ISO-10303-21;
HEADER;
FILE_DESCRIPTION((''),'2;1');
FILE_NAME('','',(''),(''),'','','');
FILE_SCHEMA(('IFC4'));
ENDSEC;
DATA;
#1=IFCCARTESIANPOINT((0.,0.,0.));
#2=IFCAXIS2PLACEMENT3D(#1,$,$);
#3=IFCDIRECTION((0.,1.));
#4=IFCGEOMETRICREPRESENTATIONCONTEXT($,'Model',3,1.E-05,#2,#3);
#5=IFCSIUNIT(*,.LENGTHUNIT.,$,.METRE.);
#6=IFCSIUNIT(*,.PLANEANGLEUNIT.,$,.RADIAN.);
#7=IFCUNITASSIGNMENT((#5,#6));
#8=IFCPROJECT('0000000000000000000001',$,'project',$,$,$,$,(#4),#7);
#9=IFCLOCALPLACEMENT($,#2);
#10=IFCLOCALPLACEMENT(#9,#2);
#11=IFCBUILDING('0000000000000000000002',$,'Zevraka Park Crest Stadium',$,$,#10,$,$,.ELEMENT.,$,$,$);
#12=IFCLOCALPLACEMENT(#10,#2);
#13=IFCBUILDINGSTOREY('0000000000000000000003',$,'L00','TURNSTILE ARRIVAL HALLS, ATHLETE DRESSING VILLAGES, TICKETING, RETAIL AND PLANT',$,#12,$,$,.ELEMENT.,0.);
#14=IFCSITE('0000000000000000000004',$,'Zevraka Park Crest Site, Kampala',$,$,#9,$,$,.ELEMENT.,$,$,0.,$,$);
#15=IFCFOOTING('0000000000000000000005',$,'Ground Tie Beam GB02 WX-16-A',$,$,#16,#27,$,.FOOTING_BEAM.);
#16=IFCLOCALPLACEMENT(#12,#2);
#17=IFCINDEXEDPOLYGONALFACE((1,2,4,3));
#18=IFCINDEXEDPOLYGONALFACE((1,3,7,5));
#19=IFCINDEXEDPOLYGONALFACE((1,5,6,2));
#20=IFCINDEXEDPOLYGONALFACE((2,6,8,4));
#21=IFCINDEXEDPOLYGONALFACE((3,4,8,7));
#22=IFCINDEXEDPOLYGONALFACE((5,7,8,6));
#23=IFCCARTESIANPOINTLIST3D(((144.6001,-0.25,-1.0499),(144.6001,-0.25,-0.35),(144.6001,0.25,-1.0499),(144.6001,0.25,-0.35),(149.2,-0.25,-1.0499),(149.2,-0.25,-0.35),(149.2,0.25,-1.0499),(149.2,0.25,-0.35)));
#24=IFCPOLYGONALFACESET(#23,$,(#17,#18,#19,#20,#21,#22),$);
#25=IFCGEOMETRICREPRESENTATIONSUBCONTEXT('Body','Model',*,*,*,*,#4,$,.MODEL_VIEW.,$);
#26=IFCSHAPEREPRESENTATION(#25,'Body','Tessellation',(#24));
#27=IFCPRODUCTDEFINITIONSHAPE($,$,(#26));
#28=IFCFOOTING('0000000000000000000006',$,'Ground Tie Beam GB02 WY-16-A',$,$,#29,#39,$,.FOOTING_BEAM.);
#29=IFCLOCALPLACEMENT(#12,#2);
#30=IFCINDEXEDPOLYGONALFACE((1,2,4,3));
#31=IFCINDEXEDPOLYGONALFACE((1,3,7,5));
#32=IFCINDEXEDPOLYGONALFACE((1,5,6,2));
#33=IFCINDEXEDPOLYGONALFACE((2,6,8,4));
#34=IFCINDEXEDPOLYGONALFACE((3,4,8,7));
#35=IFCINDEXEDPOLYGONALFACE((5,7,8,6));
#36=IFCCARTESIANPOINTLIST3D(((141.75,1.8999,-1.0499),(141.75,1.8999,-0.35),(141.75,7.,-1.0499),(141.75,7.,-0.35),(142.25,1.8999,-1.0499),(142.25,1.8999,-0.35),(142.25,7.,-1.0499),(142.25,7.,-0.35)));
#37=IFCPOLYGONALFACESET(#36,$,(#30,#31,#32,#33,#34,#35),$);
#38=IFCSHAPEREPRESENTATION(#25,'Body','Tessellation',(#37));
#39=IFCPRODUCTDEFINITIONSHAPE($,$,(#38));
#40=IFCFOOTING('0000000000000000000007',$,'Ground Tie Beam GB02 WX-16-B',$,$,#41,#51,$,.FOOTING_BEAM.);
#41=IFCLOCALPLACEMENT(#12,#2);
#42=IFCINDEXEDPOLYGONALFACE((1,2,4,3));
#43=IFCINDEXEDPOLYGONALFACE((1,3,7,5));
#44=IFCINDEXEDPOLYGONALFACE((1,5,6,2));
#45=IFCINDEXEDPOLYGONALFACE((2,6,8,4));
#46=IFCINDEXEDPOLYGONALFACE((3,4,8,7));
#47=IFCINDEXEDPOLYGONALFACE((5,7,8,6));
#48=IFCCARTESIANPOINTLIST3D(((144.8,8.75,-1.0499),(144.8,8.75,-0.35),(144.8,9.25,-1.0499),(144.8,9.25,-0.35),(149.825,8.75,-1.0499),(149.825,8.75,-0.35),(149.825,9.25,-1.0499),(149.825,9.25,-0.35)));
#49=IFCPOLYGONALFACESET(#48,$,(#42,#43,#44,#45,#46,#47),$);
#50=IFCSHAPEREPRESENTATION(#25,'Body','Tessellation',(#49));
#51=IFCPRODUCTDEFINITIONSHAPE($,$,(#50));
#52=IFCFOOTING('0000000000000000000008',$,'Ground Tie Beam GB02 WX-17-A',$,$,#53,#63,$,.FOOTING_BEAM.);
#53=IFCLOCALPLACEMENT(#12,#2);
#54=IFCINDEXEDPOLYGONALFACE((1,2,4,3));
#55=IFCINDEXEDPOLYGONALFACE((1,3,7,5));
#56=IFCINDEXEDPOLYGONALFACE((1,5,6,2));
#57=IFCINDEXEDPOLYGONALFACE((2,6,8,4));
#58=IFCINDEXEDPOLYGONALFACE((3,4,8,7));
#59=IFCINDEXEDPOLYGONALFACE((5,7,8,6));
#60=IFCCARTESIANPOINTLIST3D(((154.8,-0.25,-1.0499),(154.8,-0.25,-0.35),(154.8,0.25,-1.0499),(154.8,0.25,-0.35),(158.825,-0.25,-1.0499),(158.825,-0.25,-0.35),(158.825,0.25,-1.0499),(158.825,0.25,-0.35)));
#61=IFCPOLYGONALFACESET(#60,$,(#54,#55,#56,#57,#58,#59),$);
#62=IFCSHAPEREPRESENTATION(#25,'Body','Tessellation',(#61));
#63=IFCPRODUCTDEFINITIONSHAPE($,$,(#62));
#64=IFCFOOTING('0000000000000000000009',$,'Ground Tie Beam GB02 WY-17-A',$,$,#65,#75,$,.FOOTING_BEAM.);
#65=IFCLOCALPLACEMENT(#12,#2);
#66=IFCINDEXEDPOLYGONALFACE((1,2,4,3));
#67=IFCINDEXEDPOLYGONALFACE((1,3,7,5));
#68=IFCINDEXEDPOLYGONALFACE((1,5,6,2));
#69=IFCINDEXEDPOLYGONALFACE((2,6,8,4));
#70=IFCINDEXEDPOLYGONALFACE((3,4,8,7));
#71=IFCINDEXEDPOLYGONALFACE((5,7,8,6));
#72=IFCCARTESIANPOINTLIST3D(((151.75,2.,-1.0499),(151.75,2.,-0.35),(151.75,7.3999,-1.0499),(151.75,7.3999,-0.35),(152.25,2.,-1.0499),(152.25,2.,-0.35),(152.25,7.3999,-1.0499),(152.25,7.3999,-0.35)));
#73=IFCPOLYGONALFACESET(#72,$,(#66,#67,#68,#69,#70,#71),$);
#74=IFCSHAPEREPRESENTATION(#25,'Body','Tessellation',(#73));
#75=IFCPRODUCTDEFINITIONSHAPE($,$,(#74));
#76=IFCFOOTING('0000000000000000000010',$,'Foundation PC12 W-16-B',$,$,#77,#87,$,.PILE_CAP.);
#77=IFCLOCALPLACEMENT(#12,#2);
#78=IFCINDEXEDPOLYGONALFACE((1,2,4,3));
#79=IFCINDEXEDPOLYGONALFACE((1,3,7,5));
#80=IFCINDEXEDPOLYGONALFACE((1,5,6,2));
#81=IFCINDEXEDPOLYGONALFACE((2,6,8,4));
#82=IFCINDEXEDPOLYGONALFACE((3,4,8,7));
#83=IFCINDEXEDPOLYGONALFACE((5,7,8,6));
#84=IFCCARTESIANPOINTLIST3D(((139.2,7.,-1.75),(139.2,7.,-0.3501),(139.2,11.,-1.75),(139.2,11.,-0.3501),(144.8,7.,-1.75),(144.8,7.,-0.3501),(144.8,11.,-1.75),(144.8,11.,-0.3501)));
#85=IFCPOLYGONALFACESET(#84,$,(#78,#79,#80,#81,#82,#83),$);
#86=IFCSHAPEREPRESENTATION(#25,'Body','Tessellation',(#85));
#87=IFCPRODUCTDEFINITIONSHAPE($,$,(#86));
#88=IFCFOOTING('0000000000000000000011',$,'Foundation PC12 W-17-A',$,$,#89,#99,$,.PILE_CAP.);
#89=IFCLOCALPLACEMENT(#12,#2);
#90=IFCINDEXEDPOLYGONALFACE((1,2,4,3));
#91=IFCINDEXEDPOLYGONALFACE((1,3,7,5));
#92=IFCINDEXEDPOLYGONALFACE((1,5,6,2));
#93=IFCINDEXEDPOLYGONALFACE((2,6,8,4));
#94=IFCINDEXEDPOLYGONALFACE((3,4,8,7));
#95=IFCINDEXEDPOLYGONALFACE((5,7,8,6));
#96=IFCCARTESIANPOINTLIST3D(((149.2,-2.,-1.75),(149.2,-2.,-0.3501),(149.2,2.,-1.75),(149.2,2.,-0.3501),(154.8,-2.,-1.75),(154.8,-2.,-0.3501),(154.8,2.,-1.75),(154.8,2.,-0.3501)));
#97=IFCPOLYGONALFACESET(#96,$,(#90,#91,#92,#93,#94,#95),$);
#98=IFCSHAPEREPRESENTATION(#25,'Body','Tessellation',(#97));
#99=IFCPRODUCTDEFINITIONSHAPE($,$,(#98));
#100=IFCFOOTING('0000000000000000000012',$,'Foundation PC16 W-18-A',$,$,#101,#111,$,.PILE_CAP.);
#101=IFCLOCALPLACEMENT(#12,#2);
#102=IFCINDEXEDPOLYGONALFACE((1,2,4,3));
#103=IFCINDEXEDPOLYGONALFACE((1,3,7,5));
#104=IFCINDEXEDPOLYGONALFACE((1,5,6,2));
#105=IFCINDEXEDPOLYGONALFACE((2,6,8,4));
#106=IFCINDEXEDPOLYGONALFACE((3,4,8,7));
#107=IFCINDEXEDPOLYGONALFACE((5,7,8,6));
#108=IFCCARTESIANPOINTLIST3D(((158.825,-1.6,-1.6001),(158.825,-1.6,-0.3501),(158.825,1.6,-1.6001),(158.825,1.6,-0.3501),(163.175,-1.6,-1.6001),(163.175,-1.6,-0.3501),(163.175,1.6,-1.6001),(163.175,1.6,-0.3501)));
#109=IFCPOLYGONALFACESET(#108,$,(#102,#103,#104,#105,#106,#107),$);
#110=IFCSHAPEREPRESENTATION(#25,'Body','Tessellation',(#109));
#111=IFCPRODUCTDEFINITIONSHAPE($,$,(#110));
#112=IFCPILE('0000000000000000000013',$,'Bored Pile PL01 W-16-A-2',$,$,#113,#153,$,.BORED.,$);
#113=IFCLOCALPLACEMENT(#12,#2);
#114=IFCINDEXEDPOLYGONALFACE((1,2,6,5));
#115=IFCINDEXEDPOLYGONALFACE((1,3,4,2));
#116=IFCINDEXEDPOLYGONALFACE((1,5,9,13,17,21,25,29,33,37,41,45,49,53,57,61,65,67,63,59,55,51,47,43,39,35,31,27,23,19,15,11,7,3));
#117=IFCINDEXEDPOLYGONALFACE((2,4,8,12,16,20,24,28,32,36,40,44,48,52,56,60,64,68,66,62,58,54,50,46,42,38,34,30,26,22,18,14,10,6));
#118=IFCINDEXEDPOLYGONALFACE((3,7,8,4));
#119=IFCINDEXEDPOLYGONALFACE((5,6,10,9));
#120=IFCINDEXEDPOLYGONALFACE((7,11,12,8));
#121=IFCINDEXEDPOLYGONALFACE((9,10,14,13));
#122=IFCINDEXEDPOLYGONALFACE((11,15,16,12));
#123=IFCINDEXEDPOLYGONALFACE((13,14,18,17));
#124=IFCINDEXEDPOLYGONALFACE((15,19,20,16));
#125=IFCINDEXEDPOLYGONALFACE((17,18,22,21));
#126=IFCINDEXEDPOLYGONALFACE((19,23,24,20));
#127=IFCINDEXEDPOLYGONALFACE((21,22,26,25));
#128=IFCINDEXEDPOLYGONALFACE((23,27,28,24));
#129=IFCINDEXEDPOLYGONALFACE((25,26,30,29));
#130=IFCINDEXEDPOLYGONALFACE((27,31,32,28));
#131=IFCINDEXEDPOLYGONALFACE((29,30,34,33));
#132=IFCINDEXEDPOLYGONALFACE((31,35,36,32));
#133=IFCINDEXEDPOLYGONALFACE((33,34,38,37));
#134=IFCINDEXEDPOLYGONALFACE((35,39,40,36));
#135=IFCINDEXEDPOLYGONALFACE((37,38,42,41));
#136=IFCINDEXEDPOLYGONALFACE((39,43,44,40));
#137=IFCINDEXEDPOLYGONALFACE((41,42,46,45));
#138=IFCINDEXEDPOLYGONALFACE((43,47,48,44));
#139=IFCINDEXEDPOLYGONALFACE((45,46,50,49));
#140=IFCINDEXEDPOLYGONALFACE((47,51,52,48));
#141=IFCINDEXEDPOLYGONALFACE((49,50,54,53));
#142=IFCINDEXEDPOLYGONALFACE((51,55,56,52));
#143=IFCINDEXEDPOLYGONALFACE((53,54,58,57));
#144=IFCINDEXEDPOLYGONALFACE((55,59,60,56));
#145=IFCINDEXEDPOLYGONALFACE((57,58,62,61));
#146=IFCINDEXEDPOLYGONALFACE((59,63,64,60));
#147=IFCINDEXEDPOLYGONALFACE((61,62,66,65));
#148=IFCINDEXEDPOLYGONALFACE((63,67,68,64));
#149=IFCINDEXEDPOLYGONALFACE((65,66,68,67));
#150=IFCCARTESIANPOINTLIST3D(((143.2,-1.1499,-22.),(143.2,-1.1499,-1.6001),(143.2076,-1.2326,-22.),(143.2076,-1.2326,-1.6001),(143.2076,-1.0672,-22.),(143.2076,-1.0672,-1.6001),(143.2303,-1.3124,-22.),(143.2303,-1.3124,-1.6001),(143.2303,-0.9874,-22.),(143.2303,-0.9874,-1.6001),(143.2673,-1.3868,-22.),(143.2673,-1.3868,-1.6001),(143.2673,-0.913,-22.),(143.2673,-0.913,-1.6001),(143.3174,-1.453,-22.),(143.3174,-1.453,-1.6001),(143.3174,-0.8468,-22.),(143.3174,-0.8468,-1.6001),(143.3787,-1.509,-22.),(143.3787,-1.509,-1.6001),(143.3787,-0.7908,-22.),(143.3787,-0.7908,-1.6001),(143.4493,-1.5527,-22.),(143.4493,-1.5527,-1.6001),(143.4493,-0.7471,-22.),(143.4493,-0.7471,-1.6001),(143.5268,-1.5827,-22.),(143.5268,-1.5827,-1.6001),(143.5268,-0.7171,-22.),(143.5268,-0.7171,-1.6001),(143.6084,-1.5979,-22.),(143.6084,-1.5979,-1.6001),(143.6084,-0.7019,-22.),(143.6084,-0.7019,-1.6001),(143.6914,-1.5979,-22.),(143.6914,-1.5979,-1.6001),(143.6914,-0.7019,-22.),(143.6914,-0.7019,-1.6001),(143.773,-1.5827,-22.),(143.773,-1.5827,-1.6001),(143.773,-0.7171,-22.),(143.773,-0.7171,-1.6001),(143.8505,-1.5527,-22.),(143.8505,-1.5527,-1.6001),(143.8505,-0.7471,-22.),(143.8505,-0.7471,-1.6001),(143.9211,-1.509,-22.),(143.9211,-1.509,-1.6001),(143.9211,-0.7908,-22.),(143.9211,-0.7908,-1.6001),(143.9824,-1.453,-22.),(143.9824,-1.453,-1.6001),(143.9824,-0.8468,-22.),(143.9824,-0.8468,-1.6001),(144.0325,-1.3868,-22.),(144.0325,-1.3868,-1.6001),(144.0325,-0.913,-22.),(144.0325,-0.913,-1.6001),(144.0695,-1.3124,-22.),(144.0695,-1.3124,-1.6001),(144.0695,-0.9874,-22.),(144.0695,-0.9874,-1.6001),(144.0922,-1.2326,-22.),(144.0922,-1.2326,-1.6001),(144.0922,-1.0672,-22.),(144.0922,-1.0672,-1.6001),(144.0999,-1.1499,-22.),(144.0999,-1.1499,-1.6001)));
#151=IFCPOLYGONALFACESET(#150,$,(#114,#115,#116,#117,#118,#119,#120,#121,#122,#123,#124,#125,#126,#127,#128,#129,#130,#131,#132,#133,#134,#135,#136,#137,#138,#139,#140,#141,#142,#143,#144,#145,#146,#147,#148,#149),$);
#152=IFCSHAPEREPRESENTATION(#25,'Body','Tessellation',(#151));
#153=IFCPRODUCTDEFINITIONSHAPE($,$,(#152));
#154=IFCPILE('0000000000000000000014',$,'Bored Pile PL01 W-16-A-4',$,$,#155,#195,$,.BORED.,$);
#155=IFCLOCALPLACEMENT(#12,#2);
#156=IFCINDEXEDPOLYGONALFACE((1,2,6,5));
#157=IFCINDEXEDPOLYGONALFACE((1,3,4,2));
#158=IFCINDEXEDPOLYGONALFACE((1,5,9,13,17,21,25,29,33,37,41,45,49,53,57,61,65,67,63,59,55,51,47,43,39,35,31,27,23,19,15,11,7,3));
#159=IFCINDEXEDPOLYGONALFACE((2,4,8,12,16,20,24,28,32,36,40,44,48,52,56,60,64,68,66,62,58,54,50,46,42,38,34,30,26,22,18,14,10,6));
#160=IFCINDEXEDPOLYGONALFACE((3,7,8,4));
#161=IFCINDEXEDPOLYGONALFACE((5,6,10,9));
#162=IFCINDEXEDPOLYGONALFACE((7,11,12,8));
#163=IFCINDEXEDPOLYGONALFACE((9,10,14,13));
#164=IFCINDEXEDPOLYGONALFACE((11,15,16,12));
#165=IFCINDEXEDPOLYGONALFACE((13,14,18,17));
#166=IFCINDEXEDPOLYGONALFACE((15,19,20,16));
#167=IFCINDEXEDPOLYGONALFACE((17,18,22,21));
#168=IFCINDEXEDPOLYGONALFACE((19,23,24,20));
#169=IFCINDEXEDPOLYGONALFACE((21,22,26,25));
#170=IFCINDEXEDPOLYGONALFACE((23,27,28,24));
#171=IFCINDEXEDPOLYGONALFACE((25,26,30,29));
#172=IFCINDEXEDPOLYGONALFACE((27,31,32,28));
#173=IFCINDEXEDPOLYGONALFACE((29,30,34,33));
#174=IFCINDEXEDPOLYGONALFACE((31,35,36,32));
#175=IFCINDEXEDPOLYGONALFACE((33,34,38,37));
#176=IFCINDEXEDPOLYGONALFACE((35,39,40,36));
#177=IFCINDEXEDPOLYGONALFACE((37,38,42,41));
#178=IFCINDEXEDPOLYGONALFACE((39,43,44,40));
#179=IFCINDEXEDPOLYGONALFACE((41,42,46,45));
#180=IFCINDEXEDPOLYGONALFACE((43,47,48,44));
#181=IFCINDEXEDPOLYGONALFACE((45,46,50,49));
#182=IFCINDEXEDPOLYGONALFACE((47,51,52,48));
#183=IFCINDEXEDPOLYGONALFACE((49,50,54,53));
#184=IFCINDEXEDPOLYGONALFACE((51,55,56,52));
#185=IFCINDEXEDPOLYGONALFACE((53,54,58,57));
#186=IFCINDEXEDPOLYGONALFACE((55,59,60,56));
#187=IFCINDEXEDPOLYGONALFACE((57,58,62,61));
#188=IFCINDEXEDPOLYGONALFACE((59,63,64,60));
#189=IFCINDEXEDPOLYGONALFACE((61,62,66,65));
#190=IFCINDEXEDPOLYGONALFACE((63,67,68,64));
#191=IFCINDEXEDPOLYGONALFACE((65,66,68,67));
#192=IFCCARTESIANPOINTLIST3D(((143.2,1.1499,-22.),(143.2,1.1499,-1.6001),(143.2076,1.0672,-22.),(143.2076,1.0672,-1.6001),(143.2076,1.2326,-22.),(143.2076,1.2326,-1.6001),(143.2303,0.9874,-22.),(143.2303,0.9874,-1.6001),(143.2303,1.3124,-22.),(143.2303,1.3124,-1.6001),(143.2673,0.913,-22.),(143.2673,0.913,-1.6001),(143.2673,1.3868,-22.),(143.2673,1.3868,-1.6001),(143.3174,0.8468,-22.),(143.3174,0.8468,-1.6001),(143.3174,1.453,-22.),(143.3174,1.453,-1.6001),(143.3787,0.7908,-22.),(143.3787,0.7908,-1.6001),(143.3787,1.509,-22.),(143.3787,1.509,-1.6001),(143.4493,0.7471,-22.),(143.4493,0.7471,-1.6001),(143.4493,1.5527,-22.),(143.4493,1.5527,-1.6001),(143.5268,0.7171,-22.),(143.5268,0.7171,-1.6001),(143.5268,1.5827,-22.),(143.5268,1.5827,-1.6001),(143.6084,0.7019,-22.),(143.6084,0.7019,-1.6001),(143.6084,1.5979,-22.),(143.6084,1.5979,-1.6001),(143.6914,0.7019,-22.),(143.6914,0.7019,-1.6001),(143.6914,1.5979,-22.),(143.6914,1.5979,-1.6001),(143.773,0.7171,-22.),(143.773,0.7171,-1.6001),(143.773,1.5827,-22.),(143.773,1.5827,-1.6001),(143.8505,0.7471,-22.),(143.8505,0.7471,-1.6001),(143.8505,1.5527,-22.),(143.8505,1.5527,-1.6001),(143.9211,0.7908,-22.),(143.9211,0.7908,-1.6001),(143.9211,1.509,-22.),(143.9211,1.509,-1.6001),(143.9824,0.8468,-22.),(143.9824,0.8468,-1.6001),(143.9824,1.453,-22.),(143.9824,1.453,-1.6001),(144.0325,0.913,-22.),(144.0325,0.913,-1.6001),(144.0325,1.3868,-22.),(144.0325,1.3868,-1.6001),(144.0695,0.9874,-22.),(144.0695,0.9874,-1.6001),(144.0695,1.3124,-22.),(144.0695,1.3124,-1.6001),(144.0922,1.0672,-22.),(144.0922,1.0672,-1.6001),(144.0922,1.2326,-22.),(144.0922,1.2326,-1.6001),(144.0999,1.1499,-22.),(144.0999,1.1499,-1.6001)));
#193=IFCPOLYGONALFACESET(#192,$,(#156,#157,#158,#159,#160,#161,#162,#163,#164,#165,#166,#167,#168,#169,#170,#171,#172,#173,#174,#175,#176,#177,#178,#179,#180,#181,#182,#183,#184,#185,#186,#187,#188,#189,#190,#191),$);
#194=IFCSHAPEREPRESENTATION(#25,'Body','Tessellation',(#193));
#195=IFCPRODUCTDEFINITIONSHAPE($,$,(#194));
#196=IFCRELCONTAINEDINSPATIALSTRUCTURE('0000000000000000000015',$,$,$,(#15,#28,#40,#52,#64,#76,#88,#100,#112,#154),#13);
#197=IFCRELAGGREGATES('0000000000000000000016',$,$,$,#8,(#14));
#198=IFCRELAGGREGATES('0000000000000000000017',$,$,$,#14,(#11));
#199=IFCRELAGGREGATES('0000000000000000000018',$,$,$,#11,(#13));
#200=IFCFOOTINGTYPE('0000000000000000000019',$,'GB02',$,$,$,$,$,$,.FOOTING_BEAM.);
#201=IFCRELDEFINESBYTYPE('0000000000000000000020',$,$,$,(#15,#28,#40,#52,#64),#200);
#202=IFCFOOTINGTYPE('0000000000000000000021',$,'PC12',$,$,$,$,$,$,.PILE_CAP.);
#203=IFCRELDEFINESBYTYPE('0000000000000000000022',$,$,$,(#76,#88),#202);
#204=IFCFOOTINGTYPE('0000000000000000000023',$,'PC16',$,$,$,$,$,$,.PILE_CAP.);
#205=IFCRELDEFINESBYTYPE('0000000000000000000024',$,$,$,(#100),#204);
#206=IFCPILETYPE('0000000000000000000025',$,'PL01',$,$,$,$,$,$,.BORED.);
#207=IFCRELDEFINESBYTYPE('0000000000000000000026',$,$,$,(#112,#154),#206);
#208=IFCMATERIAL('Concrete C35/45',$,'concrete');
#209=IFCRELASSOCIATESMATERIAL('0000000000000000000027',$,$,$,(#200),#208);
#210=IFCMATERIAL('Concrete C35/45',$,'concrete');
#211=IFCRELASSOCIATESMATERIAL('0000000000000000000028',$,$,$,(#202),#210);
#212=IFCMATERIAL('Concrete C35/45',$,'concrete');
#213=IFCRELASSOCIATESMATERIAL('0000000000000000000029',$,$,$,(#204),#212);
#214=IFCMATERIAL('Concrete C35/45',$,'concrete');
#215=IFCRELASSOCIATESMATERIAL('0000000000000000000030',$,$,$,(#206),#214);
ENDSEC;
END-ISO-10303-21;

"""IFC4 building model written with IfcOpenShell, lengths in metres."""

from ifc_helpers import new_model, si_unit, direction, frame, origin, origin_2d, place, context, subcontext, project, spatial, rectangle, circle, extrude, material, material_profile, profile_set, type_object, element, save


model = new_model("IFC4")

# Units and contexts
model_context = context("Model", 3, precision=1e-05, world=origin(), true_north=direction((0.0, 1.0)))
body_context = subcontext(model_context, "Body", "Model", "MODEL_VIEW")
ifc_project = project(units=[si_unit("LENGTHUNIT", "METRE"), si_unit("PLANEANGLEUNIT", "RADIAN")], contexts=[model_context])

# Site, building, storey
site_placement = place(None, origin())
site = spatial("IfcSite", under=ifc_project, at=site_placement, Name="Zevraka Park Crest Site, Kampala", CompositionType="ELEMENT", RefElevation=0.0)
building_placement = place(site_placement, origin())
building = spatial("IfcBuilding", under=site, at=building_placement, Name="Zevraka Park Crest Stadium", CompositionType="ELEMENT")
storey_placement = place(building_placement, origin())
storey = spatial("IfcBuildingStorey", under=building, at=storey_placement, Name="L00", Description="TURNSTILE ARRIVAL HALLS, ATHLETE DRESSING VILLAGES, TICKETING, RETAIL AND PLANT", CompositionType="ELEMENT", Elevation=0.0)

# Footings
ifc_material_1 = material(Name="Concrete C35/45", Category="concrete")
ifc_material_profile_1 = material_profile(ifc_material_1, rectangle(XDim=0.5, YDim=0.7, at=origin_2d()), Name="GB 700x500")
ifc_profile_set_1 = profile_set([ifc_material_profile_1], Name="Concrete C35/45")
footing_type_1 = type_object("IfcFootingType", Name="GB02", PredefinedType="FOOTING_BEAM", material=ifc_profile_set_1)
footing_1_placement = place(storey_placement, frame((144.6001, 0.0, -0.7), z_axis=(1.0, 0.0, 0.0), x_axis=(0.0, 1.0, 0.0)))
element("IfcFooting", 1, at=footing_1_placement, inside=storey, type_object=footing_type_1, Name="Ground Tie Beam GB02 WX-16-A", PredefinedType="FOOTING_BEAM", context=body_context, shape_type="SweptSolid", body=[
    extrude(rectangle(XDim=0.5, YDim=0.7, at=origin_2d()), origin(), (0.0, 0.0, 1.0), 4.5999),
])
footing_2_placement = place(storey_placement, frame((142.0, 1.8999, -0.7), z_axis=(0.0, 1.0, 0.0), x_axis=(-1.0, 0.0, 0.0)))
element("IfcFooting", 2, at=footing_2_placement, inside=storey, type_object=footing_type_1, Name="Ground Tie Beam GB02 WY-16-A", PredefinedType="FOOTING_BEAM", context=body_context, shape_type="SweptSolid", body=[
    extrude(rectangle(XDim=0.5, YDim=0.7, at=origin_2d()), origin(), (0.0, 0.0, 1.0), 5.1001),
])
footing_3_placement = place(storey_placement, frame((144.8, 9.0, -0.7), z_axis=(1.0, 0.0, 0.0), x_axis=(0.0, 1.0, 0.0)))
element("IfcFooting", 3, at=footing_3_placement, inside=storey, type_object=footing_type_1, Name="Ground Tie Beam GB02 WX-16-B", PredefinedType="FOOTING_BEAM", context=body_context, shape_type="SweptSolid", body=[
    extrude(rectangle(XDim=0.5, YDim=0.7, at=origin_2d()), origin(), (0.0, 0.0, 1.0), 5.0249),
])
footing_4_placement = place(storey_placement, frame((154.8, 0.0, -0.7), z_axis=(1.0, 0.0, 0.0), x_axis=(0.0, 1.0, 0.0)))
element("IfcFooting", 4, at=footing_4_placement, inside=storey, type_object=footing_type_1, Name="Ground Tie Beam GB02 WX-17-A", PredefinedType="FOOTING_BEAM", context=body_context, shape_type="SweptSolid", body=[
    extrude(rectangle(XDim=0.5, YDim=0.7, at=origin_2d()), origin(), (0.0, 0.0, 1.0), 4.0249),
])
footing_5_placement = place(storey_placement, frame((152.0, 2.0, -0.7), z_axis=(0.0, 1.0, 0.0), x_axis=(-1.0, 0.0, 0.0)))
element("IfcFooting", 5, at=footing_5_placement, inside=storey, type_object=footing_type_1, Name="Ground Tie Beam GB02 WY-17-A", PredefinedType="FOOTING_BEAM", context=body_context, shape_type="SweptSolid", body=[
    extrude(rectangle(XDim=0.5, YDim=0.7, at=origin_2d()), origin(), (0.0, 0.0, 1.0), 5.3999),
])
ifc_material_2 = material(Name="Concrete C35/45", Category="concrete")
footing_type_2 = type_object("IfcFootingType", Name="PC12", PredefinedType="PILE_CAP", material=ifc_material_2)
for number, where, z_axis, x_axis, name in (
    (6, (142.0, 9.0, -1.75), (0.0, 0.0, 1.0), (1.0, 0.0, 0.0), "Foundation PC12 W-16-B"),
    (7, (152.0, 0.0, -1.75), (0.0, 0.0, 1.0), (1.0, 0.0, 0.0), "Foundation PC12 W-17-A"),
):
    element("IfcFooting", number, at=place(storey_placement, frame(where, z_axis=z_axis, x_axis=x_axis)), inside=storey, type_object=footing_type_2, Name=name, PredefinedType="PILE_CAP", context=body_context, shape_type="SweptSolid", body=[
        extrude(rectangle(XDim=5.6001, YDim=4.0, at=origin_2d()), origin(), (0.0, 0.0, 1.0), 1.3999),
    ])
ifc_material_3 = material(Name="Concrete C35/45", Category="concrete")
footing_type_3 = type_object("IfcFootingType", Name="PC16", PredefinedType="PILE_CAP", material=ifc_material_3)
footing_6_placement = place(storey_placement, frame((161.0, 0.0, -1.6001), z_axis=(0.0, 0.0, 1.0), x_axis=(1.0, 0.0, 0.0)))
element("IfcFooting", 8, at=footing_6_placement, inside=storey, type_object=footing_type_3, Name="Foundation PC16 W-18-A", PredefinedType="PILE_CAP", context=body_context, shape_type="SweptSolid", body=[
    extrude(rectangle(XDim=4.3501, YDim=3.2, at=origin_2d()), origin(), (0.0, 0.0, 1.0), 1.25),
])

# Piles
ifc_material_4 = material(Name="Concrete C35/45", Category="concrete")
ifc_material_profile_2 = material_profile(ifc_material_4, circle(Radius=0.45, at=origin_2d()), Name="PILE D900")
ifc_profile_set_2 = profile_set([ifc_material_profile_2], Name="Concrete C35/45")
pile_type_1 = type_object("IfcPileType", Name="PL01", PredefinedType="BORED", material=ifc_profile_set_2)
for number, where, z_axis, x_axis, name in (
    (9, (143.6499, -1.1499, -1.6001), (0.0, 0.0, -1.0), (1.0, 0.0, 0.0), "Bored Pile PL01 W-16-A-2"),
    (10, (143.6499, 1.1499, -1.6001), (0.0, 0.0, -1.0), (1.0, 0.0, 0.0), "Bored Pile PL01 W-16-A-4"),
):
    element("IfcPile", number, at=place(storey_placement, frame(where, z_axis=z_axis, x_axis=x_axis)), inside=storey, type_object=pile_type_1, Name=name, PredefinedType="BORED", context=body_context, shape_type="SweptSolid", body=[
        extrude(circle(Radius=0.45, at=origin_2d()), origin(), (0.0, 0.0, 1.0), 20.3999),
    ])

save(model, "model.ifc")
